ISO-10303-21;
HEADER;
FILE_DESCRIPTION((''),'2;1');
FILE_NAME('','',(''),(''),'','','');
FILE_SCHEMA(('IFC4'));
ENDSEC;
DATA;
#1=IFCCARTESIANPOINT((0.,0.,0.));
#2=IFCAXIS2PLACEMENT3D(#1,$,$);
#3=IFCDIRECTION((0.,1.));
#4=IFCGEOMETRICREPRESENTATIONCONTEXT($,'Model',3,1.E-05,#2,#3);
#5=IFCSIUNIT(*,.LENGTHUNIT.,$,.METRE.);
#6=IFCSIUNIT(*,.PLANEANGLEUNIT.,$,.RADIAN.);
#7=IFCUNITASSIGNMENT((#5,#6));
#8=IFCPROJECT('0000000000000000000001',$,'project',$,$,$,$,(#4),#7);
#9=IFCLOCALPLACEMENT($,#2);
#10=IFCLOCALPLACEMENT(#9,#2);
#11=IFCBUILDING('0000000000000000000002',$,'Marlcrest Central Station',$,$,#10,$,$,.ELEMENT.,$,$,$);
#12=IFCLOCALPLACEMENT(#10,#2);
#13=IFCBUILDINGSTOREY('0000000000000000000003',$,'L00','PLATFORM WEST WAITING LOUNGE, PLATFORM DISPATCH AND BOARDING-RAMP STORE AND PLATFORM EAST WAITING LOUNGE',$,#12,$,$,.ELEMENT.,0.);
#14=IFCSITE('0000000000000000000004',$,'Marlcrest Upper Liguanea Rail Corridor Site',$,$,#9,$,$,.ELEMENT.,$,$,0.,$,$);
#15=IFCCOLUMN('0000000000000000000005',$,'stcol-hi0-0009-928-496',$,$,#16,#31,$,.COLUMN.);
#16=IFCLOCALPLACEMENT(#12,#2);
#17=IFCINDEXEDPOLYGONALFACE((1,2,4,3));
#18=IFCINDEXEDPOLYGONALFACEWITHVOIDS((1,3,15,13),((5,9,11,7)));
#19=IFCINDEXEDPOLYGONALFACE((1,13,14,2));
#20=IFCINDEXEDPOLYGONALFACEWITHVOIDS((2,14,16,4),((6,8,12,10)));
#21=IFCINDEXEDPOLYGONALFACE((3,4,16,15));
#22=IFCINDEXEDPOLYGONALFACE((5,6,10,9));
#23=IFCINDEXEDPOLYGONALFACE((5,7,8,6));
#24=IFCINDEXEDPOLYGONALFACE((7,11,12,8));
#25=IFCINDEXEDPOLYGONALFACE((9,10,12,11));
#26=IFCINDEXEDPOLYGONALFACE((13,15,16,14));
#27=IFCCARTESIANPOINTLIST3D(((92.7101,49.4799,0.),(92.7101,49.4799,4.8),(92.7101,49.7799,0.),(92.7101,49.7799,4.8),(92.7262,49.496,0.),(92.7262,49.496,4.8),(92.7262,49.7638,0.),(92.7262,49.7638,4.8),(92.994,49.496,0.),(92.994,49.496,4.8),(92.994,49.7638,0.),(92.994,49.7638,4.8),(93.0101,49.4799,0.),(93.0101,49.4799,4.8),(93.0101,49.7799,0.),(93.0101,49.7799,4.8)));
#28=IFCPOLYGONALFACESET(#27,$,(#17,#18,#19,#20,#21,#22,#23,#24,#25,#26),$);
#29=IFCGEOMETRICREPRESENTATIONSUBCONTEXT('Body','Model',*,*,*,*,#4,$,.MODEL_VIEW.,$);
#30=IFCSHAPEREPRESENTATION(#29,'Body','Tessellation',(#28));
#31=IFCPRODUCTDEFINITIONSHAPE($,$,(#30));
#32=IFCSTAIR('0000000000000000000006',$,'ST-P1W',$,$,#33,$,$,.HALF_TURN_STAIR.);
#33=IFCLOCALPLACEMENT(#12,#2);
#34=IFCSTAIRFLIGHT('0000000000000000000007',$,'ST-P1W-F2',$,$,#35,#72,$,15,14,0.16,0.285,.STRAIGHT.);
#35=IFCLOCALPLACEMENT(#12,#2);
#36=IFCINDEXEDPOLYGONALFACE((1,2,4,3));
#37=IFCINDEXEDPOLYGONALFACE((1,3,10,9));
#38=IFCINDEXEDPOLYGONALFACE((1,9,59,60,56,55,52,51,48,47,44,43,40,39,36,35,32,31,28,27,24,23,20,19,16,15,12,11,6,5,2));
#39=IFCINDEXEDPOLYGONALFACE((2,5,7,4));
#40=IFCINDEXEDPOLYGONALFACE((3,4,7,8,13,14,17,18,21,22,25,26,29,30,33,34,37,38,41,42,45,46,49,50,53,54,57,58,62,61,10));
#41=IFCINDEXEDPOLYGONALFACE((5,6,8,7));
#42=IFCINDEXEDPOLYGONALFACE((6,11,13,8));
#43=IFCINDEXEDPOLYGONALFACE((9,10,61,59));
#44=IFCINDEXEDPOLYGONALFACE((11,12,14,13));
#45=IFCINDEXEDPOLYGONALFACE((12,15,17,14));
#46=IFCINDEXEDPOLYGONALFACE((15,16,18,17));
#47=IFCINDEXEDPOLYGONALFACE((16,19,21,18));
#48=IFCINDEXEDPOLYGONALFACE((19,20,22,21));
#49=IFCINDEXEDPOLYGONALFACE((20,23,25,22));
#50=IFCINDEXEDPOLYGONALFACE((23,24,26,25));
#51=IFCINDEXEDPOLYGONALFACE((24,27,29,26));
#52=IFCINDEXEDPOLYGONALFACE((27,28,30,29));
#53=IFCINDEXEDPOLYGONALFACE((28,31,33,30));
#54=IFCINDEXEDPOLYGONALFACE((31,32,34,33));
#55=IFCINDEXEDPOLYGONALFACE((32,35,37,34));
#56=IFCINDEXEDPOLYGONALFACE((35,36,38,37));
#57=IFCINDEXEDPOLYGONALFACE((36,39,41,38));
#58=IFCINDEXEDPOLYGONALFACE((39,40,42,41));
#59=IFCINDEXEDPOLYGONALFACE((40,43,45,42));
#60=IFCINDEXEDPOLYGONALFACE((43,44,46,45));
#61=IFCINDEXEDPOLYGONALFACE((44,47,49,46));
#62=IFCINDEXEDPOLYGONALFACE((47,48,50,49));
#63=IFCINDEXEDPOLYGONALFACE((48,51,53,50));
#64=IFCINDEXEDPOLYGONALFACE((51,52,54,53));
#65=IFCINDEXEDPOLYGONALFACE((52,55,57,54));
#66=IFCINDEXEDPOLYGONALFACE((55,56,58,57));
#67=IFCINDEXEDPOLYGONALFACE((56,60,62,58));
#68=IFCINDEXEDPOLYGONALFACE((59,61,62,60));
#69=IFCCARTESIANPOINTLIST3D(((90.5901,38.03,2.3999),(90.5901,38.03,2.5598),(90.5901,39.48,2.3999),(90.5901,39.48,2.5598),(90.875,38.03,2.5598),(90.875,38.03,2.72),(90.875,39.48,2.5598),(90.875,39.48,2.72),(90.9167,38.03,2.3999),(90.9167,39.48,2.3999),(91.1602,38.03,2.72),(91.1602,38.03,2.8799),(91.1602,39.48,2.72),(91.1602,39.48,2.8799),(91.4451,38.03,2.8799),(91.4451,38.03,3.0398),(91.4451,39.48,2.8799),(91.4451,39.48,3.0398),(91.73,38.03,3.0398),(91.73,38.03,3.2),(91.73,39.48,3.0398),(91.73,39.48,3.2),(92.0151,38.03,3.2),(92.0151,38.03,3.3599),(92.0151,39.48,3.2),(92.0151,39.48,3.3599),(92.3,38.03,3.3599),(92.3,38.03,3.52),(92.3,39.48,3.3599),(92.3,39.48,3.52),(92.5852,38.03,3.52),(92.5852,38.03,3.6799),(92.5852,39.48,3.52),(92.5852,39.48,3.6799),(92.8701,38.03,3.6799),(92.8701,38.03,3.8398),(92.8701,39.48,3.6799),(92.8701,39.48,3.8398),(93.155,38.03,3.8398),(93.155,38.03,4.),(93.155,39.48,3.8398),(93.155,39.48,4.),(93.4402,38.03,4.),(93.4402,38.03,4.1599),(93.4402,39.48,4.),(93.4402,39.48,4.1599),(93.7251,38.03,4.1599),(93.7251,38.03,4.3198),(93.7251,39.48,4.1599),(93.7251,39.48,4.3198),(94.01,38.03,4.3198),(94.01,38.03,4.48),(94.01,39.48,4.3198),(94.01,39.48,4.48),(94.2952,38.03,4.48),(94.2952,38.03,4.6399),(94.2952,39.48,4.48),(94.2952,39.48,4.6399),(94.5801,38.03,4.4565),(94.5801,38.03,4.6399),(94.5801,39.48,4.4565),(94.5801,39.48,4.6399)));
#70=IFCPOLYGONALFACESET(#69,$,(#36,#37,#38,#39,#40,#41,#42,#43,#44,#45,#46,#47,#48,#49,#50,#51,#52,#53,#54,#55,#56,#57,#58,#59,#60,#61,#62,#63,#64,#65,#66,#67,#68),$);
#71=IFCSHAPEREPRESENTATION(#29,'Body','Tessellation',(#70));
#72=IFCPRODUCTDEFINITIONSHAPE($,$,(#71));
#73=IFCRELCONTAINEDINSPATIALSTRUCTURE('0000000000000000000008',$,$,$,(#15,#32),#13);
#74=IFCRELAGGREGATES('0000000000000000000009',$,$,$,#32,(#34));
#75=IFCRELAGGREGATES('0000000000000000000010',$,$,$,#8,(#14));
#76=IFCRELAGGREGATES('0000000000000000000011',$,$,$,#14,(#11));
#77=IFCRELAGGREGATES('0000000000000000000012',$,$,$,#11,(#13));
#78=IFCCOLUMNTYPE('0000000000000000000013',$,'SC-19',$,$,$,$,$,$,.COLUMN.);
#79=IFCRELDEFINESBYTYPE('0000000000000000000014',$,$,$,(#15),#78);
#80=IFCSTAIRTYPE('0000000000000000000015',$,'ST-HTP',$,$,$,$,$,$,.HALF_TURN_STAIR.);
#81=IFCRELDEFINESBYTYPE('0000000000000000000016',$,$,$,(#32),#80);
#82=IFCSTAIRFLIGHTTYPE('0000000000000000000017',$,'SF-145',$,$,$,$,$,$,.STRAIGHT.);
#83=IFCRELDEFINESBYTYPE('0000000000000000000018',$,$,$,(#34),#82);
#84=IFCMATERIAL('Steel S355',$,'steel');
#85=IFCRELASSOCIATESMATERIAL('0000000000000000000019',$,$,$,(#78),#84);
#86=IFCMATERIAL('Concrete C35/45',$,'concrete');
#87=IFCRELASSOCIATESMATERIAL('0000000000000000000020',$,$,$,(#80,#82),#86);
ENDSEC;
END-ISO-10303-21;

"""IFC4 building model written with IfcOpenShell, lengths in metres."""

from ifc_helpers import new_model, si_unit, direction, frame, origin, origin_2d, place, context, subcontext, project, spatial, polyline, hollow_rectangle, outline, extrude, material, material_profile, profile_set, type_object, element, aggregate, save


model = new_model("IFC4")

# Units and contexts
model_context = context("Model", 3, precision=1e-05, world=origin(), true_north=direction((0.0, 1.0)))
body_context = subcontext(model_context, "Body", "Model", "MODEL_VIEW")
ifc_project = project(units=[si_unit("LENGTHUNIT", "METRE"), si_unit("PLANEANGLEUNIT", "RADIAN")], contexts=[model_context])

# Site, building, storey
site_placement = place(None, origin())
site = spatial("IfcSite", under=ifc_project, at=site_placement, Name="Marlcrest Upper Liguanea Rail Corridor Site", CompositionType="ELEMENT", RefElevation=0.0)
building_placement = place(site_placement, origin())
building = spatial("IfcBuilding", under=site, at=building_placement, Name="Marlcrest Central Station", CompositionType="ELEMENT")
storey_placement = place(building_placement, origin())
storey = spatial("IfcBuildingStorey", under=building, at=storey_placement, Name="L00", Description="PLATFORM WEST WAITING LOUNGE, PLATFORM DISPATCH AND BOARDING-RAMP STORE AND PLATFORM EAST WAITING LOUNGE", CompositionType="ELEMENT", Elevation=0.0)

# Column
ifc_material_1 = material(Name="Steel S355", Category="steel")
ifc_material_profile = material_profile(ifc_material_1, hollow_rectangle(XDim=0.3, YDim=0.3, WallThickness=0.0161, at=origin_2d()), Name="SHS 300x300x16")
ifc_profile_set = profile_set([ifc_material_profile], Name="Steel S355")
column_type = type_object("IfcColumnType", Name="SC-19", PredefinedType="COLUMN", material=ifc_profile_set)
for number, where, z_axis, x_axis, name in (
    (1, (92.8601, 49.6299, 0.0), (0.0, 0.0, 1.0), (1.0, 0.0, 0.0), "stcol-hi0-0009-928-496"),
):
    element("IfcColumn", number, at=place(storey_placement, frame(where, z_axis=z_axis, x_axis=x_axis)), inside=storey, type_object=column_type, Name=name, PredefinedType="COLUMN", context=body_context, shape_type="SweptSolid", body=[
        extrude(hollow_rectangle(XDim=0.3, YDim=0.3, WallThickness=0.0161, at=origin_2d()), origin(), (0.0, 0.0, 1.0), 4.8),
    ])

# Stair, stair flight
ifc_material_2 = material(Name="Concrete C35/45", Category="concrete")
stair_type = type_object("IfcStairType", Name="ST-HTP", PredefinedType="HALF_TURN_STAIR", material=ifc_material_2)
stair_placement = place(storey_placement, origin())
stair = element("IfcStair", 2, at=stair_placement, inside=storey, type_object=stair_type, Name="ST-P1W", PredefinedType="HALF_TURN_STAIR")
stair_flight_type = type_object("IfcStairFlightType", Name="SF-145", PredefinedType="STRAIGHT", material=ifc_material_2)
stair_flight_placement = place(storey_placement, frame((90.5901, 38.7549, 2.3999), z_axis=(0.0, 0.0, 1.0), x_axis=(1.0, 0.0, 0.0)))
stair_flight = element("IfcStairFlight", 3, at=stair_flight_placement, type_object=stair_flight_type, Name="ST-P1W-F2", NumberOfRisers=15, NumberOfTreads=14, PredefinedType="STRAIGHT", RiserHeight=0.16, TreadLength=0.285, context=body_context, shape_type="SweptSolid", body=[
    extrude(outline(polyline([(0.0, 0.0), (0.0, 0.1599), (0.2849, 0.1599), (0.2849, 0.3201), (0.5701, 0.3201), (0.5701, 0.48), (0.855, 0.48), (0.855, 0.6399), (1.1399, 0.6399), (1.1399, 0.8), (1.425, 0.8), (1.425, 0.96), (1.71, 0.96), (1.71, 1.1201), (1.9951, 1.1201), (1.9951, 1.28), (2.28, 1.28), (2.28, 1.4399), (2.5649, 1.4399), (2.5649, 1.6001), (2.8501, 1.6001), (2.8501, 1.76), (3.135, 1.76), (3.135, 1.9199), (3.4199, 1.9199), (3.4199, 2.0801), (3.7051, 2.0801), (3.7051, 2.24), (3.99, 2.24), (3.99, 2.3999), (3.99, 2.0566), (0.3267, 0.0), (0.0, 0.0)])), frame((0.0, 0.7251, 0.0), z_axis=(0.0, -1.0, 0.0), x_axis=(1.0, 0.0, 0.0)), (0.0, 0.0, 1.0), 1.45),
])
aggregate(stair, [stair_flight])

save(model, "model.ifc")
